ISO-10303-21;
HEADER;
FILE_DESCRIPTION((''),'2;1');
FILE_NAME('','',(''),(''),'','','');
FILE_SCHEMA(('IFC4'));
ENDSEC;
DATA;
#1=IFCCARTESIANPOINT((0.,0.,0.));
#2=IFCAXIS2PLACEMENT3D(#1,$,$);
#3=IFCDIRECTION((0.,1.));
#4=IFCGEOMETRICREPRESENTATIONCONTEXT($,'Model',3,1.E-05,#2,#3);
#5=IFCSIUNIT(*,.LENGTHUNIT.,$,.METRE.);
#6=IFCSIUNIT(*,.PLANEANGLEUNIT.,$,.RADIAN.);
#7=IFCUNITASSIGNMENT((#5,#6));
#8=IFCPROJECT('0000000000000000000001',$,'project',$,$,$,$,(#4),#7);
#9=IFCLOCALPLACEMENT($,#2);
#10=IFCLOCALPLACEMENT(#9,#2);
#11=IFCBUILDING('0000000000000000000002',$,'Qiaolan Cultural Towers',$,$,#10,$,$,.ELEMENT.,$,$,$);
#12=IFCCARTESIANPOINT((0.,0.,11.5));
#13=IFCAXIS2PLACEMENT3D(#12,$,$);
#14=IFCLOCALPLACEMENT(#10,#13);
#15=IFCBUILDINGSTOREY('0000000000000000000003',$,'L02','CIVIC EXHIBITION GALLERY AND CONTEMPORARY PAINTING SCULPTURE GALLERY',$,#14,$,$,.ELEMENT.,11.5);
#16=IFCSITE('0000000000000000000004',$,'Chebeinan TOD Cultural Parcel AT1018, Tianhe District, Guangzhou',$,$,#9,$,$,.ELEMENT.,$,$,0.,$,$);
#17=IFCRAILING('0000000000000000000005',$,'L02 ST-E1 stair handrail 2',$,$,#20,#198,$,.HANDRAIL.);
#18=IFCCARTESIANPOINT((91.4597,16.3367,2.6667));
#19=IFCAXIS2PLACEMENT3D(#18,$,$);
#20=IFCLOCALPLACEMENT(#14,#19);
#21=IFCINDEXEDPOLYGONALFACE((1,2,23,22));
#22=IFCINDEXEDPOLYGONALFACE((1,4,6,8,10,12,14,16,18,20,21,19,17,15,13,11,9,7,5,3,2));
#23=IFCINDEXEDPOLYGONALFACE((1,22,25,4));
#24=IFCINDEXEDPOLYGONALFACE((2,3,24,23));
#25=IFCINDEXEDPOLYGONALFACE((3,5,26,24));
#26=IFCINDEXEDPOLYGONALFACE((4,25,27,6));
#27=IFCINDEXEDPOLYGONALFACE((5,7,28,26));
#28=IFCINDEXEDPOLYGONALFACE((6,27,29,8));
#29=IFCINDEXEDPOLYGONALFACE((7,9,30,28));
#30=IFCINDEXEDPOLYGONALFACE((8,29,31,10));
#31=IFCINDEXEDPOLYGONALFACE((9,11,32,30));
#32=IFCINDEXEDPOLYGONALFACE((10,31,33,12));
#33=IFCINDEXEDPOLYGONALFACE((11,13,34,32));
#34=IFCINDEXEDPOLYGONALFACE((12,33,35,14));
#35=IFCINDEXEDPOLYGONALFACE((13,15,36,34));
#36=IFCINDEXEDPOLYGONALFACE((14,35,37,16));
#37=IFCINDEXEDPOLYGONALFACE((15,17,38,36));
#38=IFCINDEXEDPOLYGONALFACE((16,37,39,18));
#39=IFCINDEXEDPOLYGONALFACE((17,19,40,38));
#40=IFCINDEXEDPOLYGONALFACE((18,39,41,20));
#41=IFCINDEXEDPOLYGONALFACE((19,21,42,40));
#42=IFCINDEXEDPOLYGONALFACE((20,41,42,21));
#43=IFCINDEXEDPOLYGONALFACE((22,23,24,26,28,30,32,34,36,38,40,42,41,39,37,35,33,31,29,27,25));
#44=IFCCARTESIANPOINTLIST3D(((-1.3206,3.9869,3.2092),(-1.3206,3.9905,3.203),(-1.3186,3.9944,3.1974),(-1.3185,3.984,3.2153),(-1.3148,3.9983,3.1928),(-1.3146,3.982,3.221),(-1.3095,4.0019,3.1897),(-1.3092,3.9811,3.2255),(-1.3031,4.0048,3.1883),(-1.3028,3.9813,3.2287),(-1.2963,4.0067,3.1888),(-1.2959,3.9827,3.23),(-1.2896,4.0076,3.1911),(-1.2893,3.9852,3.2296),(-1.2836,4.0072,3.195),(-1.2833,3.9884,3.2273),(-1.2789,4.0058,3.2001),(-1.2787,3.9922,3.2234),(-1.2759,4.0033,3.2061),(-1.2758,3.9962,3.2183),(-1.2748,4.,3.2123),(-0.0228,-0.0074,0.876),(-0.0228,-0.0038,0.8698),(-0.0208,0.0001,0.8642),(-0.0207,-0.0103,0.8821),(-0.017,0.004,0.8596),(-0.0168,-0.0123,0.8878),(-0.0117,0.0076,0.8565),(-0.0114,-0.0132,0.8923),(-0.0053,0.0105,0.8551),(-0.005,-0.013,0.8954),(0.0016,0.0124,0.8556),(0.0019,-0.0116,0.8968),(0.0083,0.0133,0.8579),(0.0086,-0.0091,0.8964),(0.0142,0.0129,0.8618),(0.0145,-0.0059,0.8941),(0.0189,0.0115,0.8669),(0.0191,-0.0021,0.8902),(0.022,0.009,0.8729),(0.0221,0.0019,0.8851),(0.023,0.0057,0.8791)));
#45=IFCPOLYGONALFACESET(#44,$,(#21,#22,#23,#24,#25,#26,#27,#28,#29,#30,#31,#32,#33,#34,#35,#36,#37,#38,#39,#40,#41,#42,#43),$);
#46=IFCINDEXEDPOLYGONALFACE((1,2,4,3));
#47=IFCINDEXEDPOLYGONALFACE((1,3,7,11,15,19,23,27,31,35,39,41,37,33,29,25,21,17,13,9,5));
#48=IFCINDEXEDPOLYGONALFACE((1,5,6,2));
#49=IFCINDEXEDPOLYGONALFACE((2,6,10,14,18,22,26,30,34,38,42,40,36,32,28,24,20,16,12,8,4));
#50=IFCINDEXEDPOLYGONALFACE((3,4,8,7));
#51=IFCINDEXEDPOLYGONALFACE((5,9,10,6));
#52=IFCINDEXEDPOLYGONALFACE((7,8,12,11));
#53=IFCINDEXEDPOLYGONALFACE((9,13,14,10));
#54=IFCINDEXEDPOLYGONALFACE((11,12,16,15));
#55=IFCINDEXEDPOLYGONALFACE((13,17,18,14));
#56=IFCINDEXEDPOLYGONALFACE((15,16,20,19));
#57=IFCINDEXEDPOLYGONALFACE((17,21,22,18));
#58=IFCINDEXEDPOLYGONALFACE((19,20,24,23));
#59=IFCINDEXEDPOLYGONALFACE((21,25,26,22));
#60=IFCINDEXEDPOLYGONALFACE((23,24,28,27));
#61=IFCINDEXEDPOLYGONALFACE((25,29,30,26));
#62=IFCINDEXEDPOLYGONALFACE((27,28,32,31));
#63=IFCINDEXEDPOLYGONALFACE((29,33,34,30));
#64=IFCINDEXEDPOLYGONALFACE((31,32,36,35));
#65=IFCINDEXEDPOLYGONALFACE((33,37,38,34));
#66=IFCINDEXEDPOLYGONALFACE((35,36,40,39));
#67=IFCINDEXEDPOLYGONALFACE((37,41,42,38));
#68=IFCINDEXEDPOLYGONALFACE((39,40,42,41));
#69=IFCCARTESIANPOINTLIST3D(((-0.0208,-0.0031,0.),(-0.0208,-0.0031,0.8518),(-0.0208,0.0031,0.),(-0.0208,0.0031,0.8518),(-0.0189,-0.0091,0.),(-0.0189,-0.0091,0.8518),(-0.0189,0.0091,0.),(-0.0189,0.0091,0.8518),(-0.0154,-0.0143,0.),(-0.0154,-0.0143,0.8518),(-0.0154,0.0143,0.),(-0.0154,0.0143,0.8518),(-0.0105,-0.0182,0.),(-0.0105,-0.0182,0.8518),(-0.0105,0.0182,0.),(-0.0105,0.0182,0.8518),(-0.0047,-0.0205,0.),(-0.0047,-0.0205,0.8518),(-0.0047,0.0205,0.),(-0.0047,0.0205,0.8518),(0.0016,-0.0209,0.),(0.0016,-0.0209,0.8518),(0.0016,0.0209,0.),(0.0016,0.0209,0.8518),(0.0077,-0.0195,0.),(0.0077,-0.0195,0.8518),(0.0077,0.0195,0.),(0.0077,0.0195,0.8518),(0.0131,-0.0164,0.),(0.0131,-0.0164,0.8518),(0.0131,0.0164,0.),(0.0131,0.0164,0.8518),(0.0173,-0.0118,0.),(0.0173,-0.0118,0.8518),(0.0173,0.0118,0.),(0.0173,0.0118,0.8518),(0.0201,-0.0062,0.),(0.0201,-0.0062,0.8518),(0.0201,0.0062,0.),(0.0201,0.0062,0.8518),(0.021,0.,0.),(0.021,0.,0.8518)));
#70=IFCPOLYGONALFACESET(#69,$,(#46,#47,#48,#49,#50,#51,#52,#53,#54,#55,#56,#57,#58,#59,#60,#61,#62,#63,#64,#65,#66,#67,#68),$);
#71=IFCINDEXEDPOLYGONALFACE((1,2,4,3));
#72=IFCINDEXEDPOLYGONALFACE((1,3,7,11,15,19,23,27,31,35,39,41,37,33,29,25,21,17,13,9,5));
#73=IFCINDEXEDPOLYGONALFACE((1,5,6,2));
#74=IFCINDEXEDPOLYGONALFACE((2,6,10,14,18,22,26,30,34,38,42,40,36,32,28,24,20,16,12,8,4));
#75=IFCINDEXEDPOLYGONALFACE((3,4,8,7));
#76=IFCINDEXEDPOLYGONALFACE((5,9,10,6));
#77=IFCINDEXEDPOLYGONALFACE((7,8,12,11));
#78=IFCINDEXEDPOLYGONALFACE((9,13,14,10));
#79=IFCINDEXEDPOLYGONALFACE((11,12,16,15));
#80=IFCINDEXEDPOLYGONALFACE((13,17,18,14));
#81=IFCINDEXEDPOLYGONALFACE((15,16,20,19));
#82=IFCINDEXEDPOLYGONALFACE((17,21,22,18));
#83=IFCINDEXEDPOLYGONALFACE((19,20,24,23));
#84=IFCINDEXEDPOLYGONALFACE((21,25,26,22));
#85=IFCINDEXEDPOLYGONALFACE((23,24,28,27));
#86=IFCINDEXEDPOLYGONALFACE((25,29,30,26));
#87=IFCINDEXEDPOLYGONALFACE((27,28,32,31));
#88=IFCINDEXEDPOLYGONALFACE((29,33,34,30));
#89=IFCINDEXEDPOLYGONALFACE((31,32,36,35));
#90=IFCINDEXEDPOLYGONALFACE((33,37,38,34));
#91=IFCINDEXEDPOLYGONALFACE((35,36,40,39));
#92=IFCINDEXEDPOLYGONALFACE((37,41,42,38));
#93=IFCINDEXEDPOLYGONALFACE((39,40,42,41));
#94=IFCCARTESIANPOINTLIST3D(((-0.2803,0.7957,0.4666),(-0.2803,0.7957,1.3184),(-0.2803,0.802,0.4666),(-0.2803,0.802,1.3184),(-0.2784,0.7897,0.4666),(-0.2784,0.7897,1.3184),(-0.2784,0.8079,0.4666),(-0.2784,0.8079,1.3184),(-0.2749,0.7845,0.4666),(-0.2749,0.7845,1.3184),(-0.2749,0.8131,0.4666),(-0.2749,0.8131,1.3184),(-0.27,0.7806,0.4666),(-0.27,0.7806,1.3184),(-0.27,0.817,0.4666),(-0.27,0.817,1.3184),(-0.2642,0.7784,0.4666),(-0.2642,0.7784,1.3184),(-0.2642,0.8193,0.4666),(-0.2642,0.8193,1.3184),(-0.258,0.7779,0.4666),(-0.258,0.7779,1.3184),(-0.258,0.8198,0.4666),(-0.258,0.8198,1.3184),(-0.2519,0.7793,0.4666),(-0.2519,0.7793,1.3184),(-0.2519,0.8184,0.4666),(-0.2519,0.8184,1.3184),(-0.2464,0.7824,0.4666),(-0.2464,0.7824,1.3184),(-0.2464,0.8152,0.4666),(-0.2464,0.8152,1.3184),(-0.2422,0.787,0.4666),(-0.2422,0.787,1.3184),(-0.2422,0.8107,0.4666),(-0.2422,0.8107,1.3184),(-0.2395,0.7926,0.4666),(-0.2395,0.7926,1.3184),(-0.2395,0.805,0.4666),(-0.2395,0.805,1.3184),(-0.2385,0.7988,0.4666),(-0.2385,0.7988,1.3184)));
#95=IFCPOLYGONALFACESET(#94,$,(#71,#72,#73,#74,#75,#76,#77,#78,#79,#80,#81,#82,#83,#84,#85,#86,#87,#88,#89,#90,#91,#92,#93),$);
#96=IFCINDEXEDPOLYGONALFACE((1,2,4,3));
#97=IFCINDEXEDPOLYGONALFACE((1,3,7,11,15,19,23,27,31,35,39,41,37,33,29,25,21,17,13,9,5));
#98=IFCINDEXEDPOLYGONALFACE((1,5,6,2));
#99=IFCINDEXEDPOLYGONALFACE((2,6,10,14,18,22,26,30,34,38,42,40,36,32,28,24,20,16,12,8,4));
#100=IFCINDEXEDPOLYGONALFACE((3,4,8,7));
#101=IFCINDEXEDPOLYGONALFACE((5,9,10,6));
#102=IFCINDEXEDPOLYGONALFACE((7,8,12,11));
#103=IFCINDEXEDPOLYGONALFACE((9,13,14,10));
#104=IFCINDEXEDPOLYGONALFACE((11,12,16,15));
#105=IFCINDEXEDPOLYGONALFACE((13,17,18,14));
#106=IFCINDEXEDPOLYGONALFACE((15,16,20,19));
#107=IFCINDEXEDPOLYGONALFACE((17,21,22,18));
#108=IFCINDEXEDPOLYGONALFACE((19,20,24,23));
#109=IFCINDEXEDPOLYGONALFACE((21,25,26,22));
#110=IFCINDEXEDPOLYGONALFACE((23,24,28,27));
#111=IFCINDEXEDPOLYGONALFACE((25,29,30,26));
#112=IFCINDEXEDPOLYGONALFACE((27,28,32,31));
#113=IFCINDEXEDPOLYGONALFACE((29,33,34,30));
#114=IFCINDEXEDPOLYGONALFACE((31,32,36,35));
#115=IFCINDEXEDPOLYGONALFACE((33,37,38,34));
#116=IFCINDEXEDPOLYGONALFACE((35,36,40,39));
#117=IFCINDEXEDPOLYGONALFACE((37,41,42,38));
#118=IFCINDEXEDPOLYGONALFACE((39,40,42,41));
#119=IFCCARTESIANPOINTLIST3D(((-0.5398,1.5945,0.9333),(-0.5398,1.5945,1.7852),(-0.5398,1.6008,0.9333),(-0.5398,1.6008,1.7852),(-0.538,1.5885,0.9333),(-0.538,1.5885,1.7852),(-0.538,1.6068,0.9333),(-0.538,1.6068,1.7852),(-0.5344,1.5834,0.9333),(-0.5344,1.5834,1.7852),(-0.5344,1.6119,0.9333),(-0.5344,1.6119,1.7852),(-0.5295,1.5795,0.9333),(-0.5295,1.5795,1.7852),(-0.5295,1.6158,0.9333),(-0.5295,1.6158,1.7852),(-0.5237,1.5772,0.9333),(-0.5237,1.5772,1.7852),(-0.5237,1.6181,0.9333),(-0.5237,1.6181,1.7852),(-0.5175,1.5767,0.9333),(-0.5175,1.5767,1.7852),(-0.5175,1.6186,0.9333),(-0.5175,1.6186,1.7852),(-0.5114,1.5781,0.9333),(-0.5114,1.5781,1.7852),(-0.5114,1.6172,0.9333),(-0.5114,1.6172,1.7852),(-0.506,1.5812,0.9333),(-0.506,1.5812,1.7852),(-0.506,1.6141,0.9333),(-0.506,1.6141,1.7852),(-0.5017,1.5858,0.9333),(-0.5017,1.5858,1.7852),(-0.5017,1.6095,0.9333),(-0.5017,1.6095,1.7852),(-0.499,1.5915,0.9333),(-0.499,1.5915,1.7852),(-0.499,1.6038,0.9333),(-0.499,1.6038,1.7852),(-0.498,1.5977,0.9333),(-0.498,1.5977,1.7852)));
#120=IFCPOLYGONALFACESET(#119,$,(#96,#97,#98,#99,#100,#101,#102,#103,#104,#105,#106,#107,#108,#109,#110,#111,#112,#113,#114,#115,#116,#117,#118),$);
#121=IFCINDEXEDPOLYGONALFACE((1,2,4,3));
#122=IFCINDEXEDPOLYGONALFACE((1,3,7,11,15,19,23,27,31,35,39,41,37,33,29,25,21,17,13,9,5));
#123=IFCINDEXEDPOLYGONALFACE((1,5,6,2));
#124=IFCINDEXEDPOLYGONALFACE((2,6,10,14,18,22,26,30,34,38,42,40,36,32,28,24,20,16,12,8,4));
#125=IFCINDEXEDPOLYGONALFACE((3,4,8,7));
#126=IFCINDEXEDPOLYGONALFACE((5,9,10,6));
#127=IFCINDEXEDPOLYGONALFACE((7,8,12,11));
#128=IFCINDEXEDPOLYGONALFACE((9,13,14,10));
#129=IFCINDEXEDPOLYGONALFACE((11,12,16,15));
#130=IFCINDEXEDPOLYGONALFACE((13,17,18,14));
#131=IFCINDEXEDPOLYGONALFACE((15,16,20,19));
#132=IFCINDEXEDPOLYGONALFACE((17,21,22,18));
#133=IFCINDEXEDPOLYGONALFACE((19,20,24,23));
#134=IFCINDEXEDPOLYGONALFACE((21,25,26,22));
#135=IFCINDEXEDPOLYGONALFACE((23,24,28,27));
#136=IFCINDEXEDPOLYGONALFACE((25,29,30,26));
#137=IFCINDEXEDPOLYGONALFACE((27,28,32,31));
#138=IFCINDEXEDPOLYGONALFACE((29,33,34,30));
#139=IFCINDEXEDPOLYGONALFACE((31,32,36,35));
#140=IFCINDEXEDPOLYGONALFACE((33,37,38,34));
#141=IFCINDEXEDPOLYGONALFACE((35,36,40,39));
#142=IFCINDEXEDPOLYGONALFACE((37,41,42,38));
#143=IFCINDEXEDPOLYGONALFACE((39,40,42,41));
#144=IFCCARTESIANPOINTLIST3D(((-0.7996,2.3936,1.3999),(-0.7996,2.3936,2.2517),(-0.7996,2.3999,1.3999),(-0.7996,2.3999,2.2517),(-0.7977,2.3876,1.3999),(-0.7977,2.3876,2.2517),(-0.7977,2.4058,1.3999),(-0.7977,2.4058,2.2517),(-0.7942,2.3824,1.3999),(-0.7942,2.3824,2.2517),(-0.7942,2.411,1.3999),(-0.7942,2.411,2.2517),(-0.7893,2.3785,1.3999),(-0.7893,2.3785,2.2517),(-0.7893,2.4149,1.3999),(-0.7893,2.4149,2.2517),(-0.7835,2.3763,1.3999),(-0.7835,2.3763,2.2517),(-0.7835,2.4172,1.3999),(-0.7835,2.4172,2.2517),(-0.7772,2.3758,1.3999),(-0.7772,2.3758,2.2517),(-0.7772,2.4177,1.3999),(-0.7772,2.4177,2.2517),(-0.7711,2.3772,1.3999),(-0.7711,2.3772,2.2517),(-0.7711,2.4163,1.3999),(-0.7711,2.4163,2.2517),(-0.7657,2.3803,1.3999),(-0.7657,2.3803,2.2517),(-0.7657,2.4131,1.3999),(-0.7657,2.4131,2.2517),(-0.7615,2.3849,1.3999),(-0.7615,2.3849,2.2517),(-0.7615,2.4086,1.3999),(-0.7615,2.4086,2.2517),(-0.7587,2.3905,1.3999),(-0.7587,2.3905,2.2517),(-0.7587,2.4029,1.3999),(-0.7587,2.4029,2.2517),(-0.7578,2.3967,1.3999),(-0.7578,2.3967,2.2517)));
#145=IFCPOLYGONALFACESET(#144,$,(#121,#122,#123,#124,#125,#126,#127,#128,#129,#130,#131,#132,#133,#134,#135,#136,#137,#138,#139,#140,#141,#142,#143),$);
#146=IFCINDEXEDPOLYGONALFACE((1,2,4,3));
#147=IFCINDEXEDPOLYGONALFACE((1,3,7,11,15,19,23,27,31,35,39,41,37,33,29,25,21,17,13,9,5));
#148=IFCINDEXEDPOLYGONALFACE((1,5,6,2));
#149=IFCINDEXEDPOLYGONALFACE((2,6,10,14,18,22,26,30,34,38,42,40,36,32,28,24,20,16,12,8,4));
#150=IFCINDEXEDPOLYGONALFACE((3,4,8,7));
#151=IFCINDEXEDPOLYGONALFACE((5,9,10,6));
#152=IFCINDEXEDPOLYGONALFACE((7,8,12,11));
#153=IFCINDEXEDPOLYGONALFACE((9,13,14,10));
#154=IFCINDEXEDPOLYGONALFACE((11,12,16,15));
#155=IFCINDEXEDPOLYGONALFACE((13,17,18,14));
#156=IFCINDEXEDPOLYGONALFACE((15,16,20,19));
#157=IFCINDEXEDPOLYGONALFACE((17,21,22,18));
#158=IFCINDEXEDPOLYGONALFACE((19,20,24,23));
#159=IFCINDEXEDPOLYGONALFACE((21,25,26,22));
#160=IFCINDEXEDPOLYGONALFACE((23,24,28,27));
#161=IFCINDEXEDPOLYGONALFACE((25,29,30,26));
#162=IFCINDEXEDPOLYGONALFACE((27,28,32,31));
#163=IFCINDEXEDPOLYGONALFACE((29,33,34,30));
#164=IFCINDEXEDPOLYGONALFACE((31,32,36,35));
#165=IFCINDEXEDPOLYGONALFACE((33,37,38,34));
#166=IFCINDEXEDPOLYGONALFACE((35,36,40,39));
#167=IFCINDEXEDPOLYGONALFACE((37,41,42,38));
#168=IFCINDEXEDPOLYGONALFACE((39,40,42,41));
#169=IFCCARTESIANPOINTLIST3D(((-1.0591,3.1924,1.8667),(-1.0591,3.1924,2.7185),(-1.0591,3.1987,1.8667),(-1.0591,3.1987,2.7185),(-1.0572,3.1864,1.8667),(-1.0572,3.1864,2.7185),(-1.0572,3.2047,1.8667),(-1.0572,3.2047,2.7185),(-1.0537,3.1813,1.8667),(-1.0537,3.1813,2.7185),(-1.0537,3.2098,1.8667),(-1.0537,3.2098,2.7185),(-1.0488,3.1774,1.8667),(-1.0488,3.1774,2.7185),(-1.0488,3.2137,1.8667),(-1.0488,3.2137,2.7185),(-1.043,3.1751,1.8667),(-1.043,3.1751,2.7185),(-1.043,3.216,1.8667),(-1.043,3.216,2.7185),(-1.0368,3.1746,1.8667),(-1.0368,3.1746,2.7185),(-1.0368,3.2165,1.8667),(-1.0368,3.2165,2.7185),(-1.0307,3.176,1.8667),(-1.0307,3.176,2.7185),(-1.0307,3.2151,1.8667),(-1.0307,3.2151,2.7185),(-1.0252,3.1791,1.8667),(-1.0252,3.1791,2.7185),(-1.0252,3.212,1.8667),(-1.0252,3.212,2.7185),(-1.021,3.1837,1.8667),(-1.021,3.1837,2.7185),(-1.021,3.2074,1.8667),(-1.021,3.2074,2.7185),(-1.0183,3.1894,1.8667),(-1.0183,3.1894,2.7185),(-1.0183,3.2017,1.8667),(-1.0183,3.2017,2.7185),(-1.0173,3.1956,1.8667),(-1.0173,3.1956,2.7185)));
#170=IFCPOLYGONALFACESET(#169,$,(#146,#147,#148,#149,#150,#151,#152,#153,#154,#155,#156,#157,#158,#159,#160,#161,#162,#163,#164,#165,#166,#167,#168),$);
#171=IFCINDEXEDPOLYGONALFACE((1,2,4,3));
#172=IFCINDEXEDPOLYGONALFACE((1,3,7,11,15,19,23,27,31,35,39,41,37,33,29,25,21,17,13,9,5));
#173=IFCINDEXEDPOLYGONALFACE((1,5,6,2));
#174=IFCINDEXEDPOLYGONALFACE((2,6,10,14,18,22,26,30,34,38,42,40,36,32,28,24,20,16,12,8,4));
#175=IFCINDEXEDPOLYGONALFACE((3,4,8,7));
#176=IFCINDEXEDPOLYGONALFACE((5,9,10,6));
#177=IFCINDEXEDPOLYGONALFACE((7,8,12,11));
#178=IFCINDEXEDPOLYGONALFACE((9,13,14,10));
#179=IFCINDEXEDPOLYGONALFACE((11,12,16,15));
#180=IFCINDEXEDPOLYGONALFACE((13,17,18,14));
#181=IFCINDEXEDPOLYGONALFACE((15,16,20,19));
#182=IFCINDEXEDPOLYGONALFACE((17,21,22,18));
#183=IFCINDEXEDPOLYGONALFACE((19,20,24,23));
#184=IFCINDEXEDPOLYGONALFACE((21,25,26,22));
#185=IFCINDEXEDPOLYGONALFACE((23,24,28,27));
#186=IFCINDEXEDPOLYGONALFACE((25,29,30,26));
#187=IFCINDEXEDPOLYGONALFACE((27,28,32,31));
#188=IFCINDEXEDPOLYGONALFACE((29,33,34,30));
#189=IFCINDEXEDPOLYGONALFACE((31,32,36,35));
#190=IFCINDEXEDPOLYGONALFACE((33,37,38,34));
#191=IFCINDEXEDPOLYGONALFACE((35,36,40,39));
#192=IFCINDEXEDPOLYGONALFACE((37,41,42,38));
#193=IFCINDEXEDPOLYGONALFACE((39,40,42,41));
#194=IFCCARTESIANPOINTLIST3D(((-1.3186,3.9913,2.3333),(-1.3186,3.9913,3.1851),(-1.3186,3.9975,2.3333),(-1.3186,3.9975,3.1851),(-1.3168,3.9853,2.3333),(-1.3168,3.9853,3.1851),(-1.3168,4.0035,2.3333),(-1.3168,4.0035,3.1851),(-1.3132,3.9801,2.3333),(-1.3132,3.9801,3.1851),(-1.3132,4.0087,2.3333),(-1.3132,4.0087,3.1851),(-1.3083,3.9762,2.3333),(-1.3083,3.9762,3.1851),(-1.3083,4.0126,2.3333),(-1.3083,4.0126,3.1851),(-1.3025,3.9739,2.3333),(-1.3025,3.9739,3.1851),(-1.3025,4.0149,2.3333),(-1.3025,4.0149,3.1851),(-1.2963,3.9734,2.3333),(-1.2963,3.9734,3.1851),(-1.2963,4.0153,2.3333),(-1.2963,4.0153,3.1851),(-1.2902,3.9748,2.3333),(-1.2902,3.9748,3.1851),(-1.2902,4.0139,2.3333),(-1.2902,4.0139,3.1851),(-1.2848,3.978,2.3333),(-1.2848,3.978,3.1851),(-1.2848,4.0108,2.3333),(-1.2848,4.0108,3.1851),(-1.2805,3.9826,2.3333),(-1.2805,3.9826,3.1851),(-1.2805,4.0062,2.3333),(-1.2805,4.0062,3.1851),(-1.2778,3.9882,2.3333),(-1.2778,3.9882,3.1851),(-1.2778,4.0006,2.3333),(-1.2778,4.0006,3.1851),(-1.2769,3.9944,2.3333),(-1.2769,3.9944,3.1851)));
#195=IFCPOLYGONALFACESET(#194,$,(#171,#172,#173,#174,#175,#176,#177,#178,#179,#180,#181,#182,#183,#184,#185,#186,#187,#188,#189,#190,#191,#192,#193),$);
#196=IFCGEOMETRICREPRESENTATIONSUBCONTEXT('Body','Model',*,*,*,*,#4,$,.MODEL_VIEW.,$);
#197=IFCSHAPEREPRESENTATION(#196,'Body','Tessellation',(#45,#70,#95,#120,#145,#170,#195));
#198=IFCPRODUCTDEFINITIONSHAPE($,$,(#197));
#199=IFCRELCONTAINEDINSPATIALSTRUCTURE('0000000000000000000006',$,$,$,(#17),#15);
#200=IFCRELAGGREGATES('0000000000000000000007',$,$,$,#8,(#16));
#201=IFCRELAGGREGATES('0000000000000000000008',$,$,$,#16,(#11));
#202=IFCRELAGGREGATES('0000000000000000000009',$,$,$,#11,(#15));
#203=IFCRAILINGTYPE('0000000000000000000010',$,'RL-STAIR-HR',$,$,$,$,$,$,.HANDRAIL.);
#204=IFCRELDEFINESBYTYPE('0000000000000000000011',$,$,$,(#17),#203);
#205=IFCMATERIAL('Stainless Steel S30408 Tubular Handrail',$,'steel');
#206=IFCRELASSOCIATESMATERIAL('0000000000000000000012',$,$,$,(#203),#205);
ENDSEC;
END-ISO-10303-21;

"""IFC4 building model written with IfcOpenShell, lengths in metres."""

from ifc_helpers import new_model, si_unit, direction, frame, origin, origin_2d, place, context, subcontext, project, spatial, circle, extrude, material, type_object, element, save


model = new_model("IFC4")

# Units and contexts
model_context = context("Model", 3, precision=1e-05, world=origin(), true_north=direction((0.0, 1.0)))
body_context = subcontext(model_context, "Body", "Model", "MODEL_VIEW")
ifc_project = project(units=[si_unit("LENGTHUNIT", "METRE"), si_unit("PLANEANGLEUNIT", "RADIAN")], contexts=[model_context])

# Site, building, storey
site_placement = place(None, origin())
site = spatial("IfcSite", under=ifc_project, at=site_placement, Name="Chebeinan TOD Cultural Parcel AT1018, Tianhe District, Guangzhou", CompositionType="ELEMENT", RefElevation=0.0)
building_placement = place(site_placement, origin())
building = spatial("IfcBuilding", under=site, at=building_placement, Name="Qiaolan Cultural Towers", CompositionType="ELEMENT")
storey_placement = place(building_placement, frame((0.0, 0.0, 11.5)))
storey = spatial("IfcBuildingStorey", under=building, at=storey_placement, Name="L02", Description="CIVIC EXHIBITION GALLERY AND CONTEMPORARY PAINTING SCULPTURE GALLERY", CompositionType="ELEMENT", Elevation=11.5)

# Railing
ifc_material_1 = material(Name="Stainless Steel S30408 Tubular Handrail", Category="steel")
railing_type_1 = type_object("IfcRailingType", Name="RL-STAIR-HR", PredefinedType="HANDRAIL", material=ifc_material_1)
railing_1_placement = place(storey_placement, frame((91.4597, 16.3367, 2.6667)))
element("IfcRailing", 1, at=railing_1_placement, inside=storey, type_object=railing_type_1, Name="L02 ST-E1 stair handrail 2", PredefinedType="HANDRAIL", context=body_context, shape_type="SweptSolid", body=[
    extrude(circle(Radius=0.0239, at=origin_2d()), frame((0.0, 0.0, 0.876), z_axis=(-0.27013, 0.831377, 0.485635), x_axis=(-0.951057, -0.309016, 0.0)), (0.0, 0.0, 1.0), 4.8044),
    extrude(circle(Radius=0.021, at=origin_2d()), origin(), (0.0, 0.0, 1.0), 0.8518),
    extrude(circle(Radius=0.021, at=origin_2d()), frame((-0.2595, 0.7988, 0.4666)), (0.0, 0.0, 1.0), 0.8518),
    extrude(circle(Radius=0.021, at=origin_2d()), frame((-0.519, 1.5977, 0.9333)), (0.0, 0.0, 1.0), 0.8518),
    extrude(circle(Radius=0.021, at=origin_2d()), frame((-0.7788, 2.3967, 1.3999)), (0.0, 0.0, 1.0), 0.8518),
    extrude(circle(Radius=0.021, at=origin_2d()), frame((-1.0383, 3.1956, 1.8667)), (0.0, 0.0, 1.0), 0.8518),
    extrude(circle(Radius=0.021, at=origin_2d()), frame((-1.2979, 3.9944, 2.3333)), (0.0, 0.0, 1.0), 0.8518),
])

save(model, "model.ifc")
